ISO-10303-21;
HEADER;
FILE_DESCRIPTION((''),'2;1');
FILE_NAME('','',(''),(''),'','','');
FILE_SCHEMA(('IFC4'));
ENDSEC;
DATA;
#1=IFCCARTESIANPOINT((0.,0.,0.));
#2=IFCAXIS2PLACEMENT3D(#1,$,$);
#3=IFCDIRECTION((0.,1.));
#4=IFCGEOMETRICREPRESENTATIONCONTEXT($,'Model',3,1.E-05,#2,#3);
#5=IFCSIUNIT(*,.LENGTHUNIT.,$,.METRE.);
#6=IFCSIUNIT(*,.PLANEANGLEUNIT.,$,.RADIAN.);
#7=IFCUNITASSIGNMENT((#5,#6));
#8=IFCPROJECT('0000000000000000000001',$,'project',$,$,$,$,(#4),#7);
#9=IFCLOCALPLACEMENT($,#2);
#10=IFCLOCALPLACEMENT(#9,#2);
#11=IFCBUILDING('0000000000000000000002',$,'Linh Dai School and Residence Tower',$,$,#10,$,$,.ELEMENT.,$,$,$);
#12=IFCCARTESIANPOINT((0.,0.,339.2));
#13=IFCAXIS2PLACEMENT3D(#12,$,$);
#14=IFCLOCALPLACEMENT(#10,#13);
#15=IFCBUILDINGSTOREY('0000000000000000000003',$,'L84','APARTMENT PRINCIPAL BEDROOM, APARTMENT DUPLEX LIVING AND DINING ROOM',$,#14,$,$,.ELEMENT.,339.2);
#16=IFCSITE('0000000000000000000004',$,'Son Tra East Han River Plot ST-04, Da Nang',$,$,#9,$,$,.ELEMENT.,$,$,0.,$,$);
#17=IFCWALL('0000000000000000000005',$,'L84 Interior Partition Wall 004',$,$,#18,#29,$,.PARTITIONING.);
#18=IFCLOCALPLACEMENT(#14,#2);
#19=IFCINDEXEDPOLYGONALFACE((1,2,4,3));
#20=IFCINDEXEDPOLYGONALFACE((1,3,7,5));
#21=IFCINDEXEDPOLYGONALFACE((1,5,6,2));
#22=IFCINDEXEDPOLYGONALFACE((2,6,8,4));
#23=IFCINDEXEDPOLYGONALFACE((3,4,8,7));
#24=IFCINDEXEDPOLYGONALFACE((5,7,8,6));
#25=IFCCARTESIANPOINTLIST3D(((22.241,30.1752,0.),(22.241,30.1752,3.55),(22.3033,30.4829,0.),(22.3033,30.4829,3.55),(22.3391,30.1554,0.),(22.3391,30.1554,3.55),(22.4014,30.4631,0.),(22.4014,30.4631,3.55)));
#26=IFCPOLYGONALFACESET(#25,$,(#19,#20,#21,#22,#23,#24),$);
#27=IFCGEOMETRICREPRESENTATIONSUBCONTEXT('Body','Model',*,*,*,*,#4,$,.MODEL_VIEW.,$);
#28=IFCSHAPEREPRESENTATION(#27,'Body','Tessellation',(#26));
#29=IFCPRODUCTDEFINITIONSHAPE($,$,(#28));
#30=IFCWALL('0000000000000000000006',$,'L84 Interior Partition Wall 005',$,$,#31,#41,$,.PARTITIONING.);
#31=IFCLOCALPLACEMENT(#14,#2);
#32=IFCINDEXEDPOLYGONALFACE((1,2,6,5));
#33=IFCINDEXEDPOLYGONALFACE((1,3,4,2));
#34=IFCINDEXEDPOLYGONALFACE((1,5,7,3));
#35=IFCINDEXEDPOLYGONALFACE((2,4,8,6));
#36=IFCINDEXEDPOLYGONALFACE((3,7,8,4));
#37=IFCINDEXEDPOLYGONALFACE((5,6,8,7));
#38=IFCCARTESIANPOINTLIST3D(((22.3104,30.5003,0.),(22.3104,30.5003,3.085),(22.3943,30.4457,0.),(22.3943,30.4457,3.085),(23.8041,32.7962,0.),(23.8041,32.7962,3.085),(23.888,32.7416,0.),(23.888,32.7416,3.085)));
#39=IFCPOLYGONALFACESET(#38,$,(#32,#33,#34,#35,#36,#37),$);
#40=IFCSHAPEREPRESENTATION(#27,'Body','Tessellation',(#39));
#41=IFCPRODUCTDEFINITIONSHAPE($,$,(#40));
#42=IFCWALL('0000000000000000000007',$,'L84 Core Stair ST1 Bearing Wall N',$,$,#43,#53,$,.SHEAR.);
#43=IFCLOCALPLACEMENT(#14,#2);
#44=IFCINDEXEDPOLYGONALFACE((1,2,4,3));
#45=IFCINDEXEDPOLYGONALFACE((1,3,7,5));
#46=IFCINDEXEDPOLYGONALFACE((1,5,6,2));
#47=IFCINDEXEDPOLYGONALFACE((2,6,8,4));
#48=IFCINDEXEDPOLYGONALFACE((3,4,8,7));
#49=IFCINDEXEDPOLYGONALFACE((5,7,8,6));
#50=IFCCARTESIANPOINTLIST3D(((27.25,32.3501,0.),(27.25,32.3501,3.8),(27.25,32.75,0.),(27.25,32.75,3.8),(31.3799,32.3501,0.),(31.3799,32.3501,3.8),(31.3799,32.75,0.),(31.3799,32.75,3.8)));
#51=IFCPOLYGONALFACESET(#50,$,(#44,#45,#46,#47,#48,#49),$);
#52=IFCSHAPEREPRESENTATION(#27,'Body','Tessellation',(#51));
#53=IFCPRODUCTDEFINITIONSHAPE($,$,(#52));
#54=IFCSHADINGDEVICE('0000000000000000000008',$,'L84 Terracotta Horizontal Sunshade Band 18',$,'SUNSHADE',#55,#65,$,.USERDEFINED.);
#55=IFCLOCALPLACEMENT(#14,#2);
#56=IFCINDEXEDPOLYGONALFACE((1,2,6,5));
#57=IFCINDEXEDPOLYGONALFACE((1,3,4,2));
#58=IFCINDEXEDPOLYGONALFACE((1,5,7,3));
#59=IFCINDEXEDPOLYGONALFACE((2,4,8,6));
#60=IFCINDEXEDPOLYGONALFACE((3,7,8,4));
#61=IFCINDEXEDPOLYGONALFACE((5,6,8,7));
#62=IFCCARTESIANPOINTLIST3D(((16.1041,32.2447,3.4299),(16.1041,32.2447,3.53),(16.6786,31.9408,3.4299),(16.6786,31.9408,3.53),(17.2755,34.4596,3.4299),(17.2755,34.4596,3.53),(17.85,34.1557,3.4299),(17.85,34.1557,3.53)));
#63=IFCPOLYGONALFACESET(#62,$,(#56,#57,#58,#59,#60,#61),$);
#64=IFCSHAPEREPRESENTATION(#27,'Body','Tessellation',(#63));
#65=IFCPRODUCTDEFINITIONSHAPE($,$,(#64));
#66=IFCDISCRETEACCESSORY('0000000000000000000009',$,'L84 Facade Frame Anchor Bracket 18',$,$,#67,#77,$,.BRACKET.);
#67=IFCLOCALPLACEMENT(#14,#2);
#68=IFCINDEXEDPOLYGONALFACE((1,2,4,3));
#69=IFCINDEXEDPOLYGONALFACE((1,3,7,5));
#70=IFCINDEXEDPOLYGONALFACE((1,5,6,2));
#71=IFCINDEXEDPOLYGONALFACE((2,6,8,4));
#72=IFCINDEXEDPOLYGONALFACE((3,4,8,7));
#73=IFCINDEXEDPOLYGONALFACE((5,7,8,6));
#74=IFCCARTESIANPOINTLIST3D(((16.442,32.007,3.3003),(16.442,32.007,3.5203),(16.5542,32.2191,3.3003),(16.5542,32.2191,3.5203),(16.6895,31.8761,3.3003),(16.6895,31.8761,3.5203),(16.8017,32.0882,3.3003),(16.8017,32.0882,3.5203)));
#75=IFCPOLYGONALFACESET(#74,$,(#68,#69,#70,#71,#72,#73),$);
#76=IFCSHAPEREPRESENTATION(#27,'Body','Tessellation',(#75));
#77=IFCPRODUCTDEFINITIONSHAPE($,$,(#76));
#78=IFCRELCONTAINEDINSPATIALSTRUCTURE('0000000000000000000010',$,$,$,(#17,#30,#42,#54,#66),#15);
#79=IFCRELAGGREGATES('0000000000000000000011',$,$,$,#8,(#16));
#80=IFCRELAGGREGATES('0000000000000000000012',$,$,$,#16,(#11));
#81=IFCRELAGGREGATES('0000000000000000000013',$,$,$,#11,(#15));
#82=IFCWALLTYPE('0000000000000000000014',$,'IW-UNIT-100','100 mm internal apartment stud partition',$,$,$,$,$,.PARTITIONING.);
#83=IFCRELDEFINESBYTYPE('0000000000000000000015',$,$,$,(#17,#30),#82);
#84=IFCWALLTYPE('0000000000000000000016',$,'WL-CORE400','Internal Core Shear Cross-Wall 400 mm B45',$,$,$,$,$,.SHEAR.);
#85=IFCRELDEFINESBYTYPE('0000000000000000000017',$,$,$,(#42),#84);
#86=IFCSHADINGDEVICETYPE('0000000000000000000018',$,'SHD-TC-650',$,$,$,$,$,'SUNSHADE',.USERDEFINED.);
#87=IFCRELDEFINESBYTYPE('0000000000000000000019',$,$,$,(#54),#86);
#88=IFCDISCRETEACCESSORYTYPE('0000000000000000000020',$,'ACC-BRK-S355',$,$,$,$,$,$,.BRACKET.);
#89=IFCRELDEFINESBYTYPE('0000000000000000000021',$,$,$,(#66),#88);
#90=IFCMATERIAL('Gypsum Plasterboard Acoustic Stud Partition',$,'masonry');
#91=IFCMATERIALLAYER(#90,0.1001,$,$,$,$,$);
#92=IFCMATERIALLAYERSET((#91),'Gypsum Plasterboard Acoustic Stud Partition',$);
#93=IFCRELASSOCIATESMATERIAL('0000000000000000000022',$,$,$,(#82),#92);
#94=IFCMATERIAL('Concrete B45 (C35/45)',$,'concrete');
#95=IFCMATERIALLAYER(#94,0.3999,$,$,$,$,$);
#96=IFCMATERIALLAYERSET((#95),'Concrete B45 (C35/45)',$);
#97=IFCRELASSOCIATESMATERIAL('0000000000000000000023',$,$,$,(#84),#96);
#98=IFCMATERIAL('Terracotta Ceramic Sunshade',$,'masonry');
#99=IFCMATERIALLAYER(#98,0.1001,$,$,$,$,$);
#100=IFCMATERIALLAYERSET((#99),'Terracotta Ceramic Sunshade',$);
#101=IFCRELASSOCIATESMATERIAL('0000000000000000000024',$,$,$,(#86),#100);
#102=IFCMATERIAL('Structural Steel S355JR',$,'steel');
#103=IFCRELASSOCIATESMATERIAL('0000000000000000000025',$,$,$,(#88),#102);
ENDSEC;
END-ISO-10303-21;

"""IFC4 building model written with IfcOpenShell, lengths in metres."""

from ifc_helpers import new_model, si_unit, direction, frame, frame_2d, origin, origin_2d, place, context, subcontext, project, spatial, rectangle, extrude, source, transform, mapped, material, layer, layer_set, type_object, element, save


model = new_model("IFC4")

# Units and contexts
model_context = context("Model", 3, precision=1e-05, world=origin(), true_north=direction((0.0, 1.0)))
body_context = subcontext(model_context, "Body", "Model", "MODEL_VIEW")
ifc_project = project(units=[si_unit("LENGTHUNIT", "METRE"), si_unit("PLANEANGLEUNIT", "RADIAN")], contexts=[model_context])

# Site, building, storey
site_placement = place(None, origin())
site = spatial("IfcSite", under=ifc_project, at=site_placement, Name="Son Tra East Han River Plot ST-04, Da Nang", CompositionType="ELEMENT", RefElevation=0.0)
building_placement = place(site_placement, origin())
building = spatial("IfcBuilding", under=site, at=building_placement, Name="Linh Dai School and Residence Tower", CompositionType="ELEMENT")
storey_placement = place(building_placement, frame((0.0, 0.0, 339.2)))
storey = spatial("IfcBuildingStorey", under=building, at=storey_placement, Name="L84", Description="APARTMENT PRINCIPAL BEDROOM, APARTMENT DUPLEX LIVING AND DINING ROOM", CompositionType="ELEMENT", Elevation=339.2)

# Shared definitions
ifc_material_1 = material(Name="Concrete B45 (C35/45)", Category="concrete")

# Shared definitions
ifc_material_2 = material(Name="Structural Steel S355JR", Category="steel")

# Shared definitions
ifc_material_3 = material(Name="Gypsum Plasterboard Acoustic Stud Partition", Category="masonry")
ifc_layer_1 = layer(ifc_material_3, 0.1001)
ifc_layer_set_1 = layer_set([ifc_layer_1], Name="Gypsum Plasterboard Acoustic Stud Partition")
wall_type_1 = type_object("IfcWallType", Name="IW-UNIT-100", Description="100 mm internal apartment stud partition", PredefinedType="PARTITIONING", material=ifc_layer_set_1)

# Walls
wall_1_placement = place(storey_placement, frame((22.29, 30.1653, 0.0), z_axis=(0.0, 0.0, 1.0), x_axis=(0.19836, 0.980129, 0.0)))
element("IfcWall", 1, at=wall_1_placement, inside=storey, type_object=wall_type_1, Name="L84 Interior Partition Wall 004", PredefinedType="PARTITIONING", context=body_context, shape_type="SweptSolid", body=[
    extrude(rectangle(XDim=0.314, YDim=0.1001, at=frame_2d((0.157, 0.0))), origin(), (0.0, 0.0, 1.0), 3.55),
])
wall_2_placement = place(storey_placement, frame((22.3523, 30.4729, 0.0), z_axis=(0.0, 0.0, 1.0), x_axis=(0.545327, 0.838224, 0.0)))
element("IfcWall", 2, at=wall_2_placement, inside=storey, type_object=wall_type_1, Name="L84 Interior Partition Wall 005", PredefinedType="PARTITIONING", context=body_context, shape_type="SweptSolid", body=[
    extrude(rectangle(XDim=2.739, YDim=0.1001, at=frame_2d((1.3696, 0.0))), origin(), (0.0, 0.0, 1.0), 3.085),
])
ifc_layer_2 = layer(ifc_material_1, 0.3999)
ifc_layer_set_2 = layer_set([ifc_layer_2], Name="Concrete B45 (C35/45)")
wall_type_2 = type_object("IfcWallType", Name="WL-CORE400", Description="Internal Core Shear Cross-Wall 400 mm B45", PredefinedType="SHEAR", material=ifc_layer_set_2)
wall_3_placement = place(storey_placement, frame((27.25, 32.55, 0.0), z_axis=(0.0, 0.0, 1.0), x_axis=(1.0, 0.0, 0.0)))
element("IfcWall", 3, at=wall_3_placement, inside=storey, type_object=wall_type_2, Name="L84 Core Stair ST1 Bearing Wall N", PredefinedType="SHEAR", context=body_context, shape_type="SweptSolid", body=[
    extrude(rectangle(XDim=4.1299, YDim=0.3999, at=frame_2d((2.0649, 0.0))), origin(), (0.0, 0.0, 1.0), 3.8),
])

# Shading device
ifc_material_4 = material(Name="Terracotta Ceramic Sunshade", Category="masonry")
ifc_layer_3 = layer(ifc_material_4, 0.1001)
ifc_layer_set_3 = layer_set([ifc_layer_3], Name="Terracotta Ceramic Sunshade")
shading_device_type = type_object("IfcShadingDeviceType", Name="SHD-TC-650", ElementType="SUNSHADE", PredefinedType="USERDEFINED", material=ifc_layer_set_3)
shared_shape_1 = source(origin(), body_context, "Body", "SweptSolid", [
    extrude(rectangle(XDim=2.5056, YDim=0.6499, at=origin_2d()), origin(), (0.0, 0.0, 1.0), 0.1001),
])
shading_device_placement = place(storey_placement, frame((16.9771, 33.2002, 3.4299), z_axis=(0.0, 0.0, 1.0), x_axis=(0.46754, 0.883972, 0.0)))
element("IfcShadingDevice", 4, at=shading_device_placement, inside=storey, type_object=shading_device_type, Name="L84 Terracotta Horizontal Sunshade Band 18", ObjectType="SUNSHADE", PredefinedType="USERDEFINED", context=body_context, shape_type="MappedRepresentation", body=[
    mapped(shared_shape_1, transform((0.0, 0.0, 0.0), x_axis=(1.0, 0.0, 0.0), y_axis=(0.0, 1.0, 0.0), z_axis=(0.0, 0.0, 1.0), scale=1.0)),
])

# Discrete accessory
discrete_accessory_type = type_object("IfcDiscreteAccessoryType", Name="ACC-BRK-S355", PredefinedType="BRACKET", material=ifc_material_2)
shared_shape_2 = source(origin(), body_context, "Body", "SweptSolid", [
    extrude(rectangle(XDim=0.28, YDim=0.24, at=origin_2d()), origin(), (0.0, 0.0, 1.0), 0.22),
])
discrete_accessory_placement = place(storey_placement, frame((16.6218, 32.0476, 3.3003), z_axis=(0.0, 0.0, 1.0), x_axis=(-0.883972, 0.46754, 0.0)))
element("IfcDiscreteAccessory", 5, at=discrete_accessory_placement, inside=storey, type_object=discrete_accessory_type, Name="L84 Facade Frame Anchor Bracket 18", PredefinedType="BRACKET", context=body_context, shape_type="MappedRepresentation", body=[
    mapped(shared_shape_2, transform((0.0, 0.0, 0.0), x_axis=(1.0, 0.0, 0.0), y_axis=(0.0, 1.0, 0.0), z_axis=(0.0, 0.0, 1.0), scale=1.0)),
])

save(model, "model.ifc")
